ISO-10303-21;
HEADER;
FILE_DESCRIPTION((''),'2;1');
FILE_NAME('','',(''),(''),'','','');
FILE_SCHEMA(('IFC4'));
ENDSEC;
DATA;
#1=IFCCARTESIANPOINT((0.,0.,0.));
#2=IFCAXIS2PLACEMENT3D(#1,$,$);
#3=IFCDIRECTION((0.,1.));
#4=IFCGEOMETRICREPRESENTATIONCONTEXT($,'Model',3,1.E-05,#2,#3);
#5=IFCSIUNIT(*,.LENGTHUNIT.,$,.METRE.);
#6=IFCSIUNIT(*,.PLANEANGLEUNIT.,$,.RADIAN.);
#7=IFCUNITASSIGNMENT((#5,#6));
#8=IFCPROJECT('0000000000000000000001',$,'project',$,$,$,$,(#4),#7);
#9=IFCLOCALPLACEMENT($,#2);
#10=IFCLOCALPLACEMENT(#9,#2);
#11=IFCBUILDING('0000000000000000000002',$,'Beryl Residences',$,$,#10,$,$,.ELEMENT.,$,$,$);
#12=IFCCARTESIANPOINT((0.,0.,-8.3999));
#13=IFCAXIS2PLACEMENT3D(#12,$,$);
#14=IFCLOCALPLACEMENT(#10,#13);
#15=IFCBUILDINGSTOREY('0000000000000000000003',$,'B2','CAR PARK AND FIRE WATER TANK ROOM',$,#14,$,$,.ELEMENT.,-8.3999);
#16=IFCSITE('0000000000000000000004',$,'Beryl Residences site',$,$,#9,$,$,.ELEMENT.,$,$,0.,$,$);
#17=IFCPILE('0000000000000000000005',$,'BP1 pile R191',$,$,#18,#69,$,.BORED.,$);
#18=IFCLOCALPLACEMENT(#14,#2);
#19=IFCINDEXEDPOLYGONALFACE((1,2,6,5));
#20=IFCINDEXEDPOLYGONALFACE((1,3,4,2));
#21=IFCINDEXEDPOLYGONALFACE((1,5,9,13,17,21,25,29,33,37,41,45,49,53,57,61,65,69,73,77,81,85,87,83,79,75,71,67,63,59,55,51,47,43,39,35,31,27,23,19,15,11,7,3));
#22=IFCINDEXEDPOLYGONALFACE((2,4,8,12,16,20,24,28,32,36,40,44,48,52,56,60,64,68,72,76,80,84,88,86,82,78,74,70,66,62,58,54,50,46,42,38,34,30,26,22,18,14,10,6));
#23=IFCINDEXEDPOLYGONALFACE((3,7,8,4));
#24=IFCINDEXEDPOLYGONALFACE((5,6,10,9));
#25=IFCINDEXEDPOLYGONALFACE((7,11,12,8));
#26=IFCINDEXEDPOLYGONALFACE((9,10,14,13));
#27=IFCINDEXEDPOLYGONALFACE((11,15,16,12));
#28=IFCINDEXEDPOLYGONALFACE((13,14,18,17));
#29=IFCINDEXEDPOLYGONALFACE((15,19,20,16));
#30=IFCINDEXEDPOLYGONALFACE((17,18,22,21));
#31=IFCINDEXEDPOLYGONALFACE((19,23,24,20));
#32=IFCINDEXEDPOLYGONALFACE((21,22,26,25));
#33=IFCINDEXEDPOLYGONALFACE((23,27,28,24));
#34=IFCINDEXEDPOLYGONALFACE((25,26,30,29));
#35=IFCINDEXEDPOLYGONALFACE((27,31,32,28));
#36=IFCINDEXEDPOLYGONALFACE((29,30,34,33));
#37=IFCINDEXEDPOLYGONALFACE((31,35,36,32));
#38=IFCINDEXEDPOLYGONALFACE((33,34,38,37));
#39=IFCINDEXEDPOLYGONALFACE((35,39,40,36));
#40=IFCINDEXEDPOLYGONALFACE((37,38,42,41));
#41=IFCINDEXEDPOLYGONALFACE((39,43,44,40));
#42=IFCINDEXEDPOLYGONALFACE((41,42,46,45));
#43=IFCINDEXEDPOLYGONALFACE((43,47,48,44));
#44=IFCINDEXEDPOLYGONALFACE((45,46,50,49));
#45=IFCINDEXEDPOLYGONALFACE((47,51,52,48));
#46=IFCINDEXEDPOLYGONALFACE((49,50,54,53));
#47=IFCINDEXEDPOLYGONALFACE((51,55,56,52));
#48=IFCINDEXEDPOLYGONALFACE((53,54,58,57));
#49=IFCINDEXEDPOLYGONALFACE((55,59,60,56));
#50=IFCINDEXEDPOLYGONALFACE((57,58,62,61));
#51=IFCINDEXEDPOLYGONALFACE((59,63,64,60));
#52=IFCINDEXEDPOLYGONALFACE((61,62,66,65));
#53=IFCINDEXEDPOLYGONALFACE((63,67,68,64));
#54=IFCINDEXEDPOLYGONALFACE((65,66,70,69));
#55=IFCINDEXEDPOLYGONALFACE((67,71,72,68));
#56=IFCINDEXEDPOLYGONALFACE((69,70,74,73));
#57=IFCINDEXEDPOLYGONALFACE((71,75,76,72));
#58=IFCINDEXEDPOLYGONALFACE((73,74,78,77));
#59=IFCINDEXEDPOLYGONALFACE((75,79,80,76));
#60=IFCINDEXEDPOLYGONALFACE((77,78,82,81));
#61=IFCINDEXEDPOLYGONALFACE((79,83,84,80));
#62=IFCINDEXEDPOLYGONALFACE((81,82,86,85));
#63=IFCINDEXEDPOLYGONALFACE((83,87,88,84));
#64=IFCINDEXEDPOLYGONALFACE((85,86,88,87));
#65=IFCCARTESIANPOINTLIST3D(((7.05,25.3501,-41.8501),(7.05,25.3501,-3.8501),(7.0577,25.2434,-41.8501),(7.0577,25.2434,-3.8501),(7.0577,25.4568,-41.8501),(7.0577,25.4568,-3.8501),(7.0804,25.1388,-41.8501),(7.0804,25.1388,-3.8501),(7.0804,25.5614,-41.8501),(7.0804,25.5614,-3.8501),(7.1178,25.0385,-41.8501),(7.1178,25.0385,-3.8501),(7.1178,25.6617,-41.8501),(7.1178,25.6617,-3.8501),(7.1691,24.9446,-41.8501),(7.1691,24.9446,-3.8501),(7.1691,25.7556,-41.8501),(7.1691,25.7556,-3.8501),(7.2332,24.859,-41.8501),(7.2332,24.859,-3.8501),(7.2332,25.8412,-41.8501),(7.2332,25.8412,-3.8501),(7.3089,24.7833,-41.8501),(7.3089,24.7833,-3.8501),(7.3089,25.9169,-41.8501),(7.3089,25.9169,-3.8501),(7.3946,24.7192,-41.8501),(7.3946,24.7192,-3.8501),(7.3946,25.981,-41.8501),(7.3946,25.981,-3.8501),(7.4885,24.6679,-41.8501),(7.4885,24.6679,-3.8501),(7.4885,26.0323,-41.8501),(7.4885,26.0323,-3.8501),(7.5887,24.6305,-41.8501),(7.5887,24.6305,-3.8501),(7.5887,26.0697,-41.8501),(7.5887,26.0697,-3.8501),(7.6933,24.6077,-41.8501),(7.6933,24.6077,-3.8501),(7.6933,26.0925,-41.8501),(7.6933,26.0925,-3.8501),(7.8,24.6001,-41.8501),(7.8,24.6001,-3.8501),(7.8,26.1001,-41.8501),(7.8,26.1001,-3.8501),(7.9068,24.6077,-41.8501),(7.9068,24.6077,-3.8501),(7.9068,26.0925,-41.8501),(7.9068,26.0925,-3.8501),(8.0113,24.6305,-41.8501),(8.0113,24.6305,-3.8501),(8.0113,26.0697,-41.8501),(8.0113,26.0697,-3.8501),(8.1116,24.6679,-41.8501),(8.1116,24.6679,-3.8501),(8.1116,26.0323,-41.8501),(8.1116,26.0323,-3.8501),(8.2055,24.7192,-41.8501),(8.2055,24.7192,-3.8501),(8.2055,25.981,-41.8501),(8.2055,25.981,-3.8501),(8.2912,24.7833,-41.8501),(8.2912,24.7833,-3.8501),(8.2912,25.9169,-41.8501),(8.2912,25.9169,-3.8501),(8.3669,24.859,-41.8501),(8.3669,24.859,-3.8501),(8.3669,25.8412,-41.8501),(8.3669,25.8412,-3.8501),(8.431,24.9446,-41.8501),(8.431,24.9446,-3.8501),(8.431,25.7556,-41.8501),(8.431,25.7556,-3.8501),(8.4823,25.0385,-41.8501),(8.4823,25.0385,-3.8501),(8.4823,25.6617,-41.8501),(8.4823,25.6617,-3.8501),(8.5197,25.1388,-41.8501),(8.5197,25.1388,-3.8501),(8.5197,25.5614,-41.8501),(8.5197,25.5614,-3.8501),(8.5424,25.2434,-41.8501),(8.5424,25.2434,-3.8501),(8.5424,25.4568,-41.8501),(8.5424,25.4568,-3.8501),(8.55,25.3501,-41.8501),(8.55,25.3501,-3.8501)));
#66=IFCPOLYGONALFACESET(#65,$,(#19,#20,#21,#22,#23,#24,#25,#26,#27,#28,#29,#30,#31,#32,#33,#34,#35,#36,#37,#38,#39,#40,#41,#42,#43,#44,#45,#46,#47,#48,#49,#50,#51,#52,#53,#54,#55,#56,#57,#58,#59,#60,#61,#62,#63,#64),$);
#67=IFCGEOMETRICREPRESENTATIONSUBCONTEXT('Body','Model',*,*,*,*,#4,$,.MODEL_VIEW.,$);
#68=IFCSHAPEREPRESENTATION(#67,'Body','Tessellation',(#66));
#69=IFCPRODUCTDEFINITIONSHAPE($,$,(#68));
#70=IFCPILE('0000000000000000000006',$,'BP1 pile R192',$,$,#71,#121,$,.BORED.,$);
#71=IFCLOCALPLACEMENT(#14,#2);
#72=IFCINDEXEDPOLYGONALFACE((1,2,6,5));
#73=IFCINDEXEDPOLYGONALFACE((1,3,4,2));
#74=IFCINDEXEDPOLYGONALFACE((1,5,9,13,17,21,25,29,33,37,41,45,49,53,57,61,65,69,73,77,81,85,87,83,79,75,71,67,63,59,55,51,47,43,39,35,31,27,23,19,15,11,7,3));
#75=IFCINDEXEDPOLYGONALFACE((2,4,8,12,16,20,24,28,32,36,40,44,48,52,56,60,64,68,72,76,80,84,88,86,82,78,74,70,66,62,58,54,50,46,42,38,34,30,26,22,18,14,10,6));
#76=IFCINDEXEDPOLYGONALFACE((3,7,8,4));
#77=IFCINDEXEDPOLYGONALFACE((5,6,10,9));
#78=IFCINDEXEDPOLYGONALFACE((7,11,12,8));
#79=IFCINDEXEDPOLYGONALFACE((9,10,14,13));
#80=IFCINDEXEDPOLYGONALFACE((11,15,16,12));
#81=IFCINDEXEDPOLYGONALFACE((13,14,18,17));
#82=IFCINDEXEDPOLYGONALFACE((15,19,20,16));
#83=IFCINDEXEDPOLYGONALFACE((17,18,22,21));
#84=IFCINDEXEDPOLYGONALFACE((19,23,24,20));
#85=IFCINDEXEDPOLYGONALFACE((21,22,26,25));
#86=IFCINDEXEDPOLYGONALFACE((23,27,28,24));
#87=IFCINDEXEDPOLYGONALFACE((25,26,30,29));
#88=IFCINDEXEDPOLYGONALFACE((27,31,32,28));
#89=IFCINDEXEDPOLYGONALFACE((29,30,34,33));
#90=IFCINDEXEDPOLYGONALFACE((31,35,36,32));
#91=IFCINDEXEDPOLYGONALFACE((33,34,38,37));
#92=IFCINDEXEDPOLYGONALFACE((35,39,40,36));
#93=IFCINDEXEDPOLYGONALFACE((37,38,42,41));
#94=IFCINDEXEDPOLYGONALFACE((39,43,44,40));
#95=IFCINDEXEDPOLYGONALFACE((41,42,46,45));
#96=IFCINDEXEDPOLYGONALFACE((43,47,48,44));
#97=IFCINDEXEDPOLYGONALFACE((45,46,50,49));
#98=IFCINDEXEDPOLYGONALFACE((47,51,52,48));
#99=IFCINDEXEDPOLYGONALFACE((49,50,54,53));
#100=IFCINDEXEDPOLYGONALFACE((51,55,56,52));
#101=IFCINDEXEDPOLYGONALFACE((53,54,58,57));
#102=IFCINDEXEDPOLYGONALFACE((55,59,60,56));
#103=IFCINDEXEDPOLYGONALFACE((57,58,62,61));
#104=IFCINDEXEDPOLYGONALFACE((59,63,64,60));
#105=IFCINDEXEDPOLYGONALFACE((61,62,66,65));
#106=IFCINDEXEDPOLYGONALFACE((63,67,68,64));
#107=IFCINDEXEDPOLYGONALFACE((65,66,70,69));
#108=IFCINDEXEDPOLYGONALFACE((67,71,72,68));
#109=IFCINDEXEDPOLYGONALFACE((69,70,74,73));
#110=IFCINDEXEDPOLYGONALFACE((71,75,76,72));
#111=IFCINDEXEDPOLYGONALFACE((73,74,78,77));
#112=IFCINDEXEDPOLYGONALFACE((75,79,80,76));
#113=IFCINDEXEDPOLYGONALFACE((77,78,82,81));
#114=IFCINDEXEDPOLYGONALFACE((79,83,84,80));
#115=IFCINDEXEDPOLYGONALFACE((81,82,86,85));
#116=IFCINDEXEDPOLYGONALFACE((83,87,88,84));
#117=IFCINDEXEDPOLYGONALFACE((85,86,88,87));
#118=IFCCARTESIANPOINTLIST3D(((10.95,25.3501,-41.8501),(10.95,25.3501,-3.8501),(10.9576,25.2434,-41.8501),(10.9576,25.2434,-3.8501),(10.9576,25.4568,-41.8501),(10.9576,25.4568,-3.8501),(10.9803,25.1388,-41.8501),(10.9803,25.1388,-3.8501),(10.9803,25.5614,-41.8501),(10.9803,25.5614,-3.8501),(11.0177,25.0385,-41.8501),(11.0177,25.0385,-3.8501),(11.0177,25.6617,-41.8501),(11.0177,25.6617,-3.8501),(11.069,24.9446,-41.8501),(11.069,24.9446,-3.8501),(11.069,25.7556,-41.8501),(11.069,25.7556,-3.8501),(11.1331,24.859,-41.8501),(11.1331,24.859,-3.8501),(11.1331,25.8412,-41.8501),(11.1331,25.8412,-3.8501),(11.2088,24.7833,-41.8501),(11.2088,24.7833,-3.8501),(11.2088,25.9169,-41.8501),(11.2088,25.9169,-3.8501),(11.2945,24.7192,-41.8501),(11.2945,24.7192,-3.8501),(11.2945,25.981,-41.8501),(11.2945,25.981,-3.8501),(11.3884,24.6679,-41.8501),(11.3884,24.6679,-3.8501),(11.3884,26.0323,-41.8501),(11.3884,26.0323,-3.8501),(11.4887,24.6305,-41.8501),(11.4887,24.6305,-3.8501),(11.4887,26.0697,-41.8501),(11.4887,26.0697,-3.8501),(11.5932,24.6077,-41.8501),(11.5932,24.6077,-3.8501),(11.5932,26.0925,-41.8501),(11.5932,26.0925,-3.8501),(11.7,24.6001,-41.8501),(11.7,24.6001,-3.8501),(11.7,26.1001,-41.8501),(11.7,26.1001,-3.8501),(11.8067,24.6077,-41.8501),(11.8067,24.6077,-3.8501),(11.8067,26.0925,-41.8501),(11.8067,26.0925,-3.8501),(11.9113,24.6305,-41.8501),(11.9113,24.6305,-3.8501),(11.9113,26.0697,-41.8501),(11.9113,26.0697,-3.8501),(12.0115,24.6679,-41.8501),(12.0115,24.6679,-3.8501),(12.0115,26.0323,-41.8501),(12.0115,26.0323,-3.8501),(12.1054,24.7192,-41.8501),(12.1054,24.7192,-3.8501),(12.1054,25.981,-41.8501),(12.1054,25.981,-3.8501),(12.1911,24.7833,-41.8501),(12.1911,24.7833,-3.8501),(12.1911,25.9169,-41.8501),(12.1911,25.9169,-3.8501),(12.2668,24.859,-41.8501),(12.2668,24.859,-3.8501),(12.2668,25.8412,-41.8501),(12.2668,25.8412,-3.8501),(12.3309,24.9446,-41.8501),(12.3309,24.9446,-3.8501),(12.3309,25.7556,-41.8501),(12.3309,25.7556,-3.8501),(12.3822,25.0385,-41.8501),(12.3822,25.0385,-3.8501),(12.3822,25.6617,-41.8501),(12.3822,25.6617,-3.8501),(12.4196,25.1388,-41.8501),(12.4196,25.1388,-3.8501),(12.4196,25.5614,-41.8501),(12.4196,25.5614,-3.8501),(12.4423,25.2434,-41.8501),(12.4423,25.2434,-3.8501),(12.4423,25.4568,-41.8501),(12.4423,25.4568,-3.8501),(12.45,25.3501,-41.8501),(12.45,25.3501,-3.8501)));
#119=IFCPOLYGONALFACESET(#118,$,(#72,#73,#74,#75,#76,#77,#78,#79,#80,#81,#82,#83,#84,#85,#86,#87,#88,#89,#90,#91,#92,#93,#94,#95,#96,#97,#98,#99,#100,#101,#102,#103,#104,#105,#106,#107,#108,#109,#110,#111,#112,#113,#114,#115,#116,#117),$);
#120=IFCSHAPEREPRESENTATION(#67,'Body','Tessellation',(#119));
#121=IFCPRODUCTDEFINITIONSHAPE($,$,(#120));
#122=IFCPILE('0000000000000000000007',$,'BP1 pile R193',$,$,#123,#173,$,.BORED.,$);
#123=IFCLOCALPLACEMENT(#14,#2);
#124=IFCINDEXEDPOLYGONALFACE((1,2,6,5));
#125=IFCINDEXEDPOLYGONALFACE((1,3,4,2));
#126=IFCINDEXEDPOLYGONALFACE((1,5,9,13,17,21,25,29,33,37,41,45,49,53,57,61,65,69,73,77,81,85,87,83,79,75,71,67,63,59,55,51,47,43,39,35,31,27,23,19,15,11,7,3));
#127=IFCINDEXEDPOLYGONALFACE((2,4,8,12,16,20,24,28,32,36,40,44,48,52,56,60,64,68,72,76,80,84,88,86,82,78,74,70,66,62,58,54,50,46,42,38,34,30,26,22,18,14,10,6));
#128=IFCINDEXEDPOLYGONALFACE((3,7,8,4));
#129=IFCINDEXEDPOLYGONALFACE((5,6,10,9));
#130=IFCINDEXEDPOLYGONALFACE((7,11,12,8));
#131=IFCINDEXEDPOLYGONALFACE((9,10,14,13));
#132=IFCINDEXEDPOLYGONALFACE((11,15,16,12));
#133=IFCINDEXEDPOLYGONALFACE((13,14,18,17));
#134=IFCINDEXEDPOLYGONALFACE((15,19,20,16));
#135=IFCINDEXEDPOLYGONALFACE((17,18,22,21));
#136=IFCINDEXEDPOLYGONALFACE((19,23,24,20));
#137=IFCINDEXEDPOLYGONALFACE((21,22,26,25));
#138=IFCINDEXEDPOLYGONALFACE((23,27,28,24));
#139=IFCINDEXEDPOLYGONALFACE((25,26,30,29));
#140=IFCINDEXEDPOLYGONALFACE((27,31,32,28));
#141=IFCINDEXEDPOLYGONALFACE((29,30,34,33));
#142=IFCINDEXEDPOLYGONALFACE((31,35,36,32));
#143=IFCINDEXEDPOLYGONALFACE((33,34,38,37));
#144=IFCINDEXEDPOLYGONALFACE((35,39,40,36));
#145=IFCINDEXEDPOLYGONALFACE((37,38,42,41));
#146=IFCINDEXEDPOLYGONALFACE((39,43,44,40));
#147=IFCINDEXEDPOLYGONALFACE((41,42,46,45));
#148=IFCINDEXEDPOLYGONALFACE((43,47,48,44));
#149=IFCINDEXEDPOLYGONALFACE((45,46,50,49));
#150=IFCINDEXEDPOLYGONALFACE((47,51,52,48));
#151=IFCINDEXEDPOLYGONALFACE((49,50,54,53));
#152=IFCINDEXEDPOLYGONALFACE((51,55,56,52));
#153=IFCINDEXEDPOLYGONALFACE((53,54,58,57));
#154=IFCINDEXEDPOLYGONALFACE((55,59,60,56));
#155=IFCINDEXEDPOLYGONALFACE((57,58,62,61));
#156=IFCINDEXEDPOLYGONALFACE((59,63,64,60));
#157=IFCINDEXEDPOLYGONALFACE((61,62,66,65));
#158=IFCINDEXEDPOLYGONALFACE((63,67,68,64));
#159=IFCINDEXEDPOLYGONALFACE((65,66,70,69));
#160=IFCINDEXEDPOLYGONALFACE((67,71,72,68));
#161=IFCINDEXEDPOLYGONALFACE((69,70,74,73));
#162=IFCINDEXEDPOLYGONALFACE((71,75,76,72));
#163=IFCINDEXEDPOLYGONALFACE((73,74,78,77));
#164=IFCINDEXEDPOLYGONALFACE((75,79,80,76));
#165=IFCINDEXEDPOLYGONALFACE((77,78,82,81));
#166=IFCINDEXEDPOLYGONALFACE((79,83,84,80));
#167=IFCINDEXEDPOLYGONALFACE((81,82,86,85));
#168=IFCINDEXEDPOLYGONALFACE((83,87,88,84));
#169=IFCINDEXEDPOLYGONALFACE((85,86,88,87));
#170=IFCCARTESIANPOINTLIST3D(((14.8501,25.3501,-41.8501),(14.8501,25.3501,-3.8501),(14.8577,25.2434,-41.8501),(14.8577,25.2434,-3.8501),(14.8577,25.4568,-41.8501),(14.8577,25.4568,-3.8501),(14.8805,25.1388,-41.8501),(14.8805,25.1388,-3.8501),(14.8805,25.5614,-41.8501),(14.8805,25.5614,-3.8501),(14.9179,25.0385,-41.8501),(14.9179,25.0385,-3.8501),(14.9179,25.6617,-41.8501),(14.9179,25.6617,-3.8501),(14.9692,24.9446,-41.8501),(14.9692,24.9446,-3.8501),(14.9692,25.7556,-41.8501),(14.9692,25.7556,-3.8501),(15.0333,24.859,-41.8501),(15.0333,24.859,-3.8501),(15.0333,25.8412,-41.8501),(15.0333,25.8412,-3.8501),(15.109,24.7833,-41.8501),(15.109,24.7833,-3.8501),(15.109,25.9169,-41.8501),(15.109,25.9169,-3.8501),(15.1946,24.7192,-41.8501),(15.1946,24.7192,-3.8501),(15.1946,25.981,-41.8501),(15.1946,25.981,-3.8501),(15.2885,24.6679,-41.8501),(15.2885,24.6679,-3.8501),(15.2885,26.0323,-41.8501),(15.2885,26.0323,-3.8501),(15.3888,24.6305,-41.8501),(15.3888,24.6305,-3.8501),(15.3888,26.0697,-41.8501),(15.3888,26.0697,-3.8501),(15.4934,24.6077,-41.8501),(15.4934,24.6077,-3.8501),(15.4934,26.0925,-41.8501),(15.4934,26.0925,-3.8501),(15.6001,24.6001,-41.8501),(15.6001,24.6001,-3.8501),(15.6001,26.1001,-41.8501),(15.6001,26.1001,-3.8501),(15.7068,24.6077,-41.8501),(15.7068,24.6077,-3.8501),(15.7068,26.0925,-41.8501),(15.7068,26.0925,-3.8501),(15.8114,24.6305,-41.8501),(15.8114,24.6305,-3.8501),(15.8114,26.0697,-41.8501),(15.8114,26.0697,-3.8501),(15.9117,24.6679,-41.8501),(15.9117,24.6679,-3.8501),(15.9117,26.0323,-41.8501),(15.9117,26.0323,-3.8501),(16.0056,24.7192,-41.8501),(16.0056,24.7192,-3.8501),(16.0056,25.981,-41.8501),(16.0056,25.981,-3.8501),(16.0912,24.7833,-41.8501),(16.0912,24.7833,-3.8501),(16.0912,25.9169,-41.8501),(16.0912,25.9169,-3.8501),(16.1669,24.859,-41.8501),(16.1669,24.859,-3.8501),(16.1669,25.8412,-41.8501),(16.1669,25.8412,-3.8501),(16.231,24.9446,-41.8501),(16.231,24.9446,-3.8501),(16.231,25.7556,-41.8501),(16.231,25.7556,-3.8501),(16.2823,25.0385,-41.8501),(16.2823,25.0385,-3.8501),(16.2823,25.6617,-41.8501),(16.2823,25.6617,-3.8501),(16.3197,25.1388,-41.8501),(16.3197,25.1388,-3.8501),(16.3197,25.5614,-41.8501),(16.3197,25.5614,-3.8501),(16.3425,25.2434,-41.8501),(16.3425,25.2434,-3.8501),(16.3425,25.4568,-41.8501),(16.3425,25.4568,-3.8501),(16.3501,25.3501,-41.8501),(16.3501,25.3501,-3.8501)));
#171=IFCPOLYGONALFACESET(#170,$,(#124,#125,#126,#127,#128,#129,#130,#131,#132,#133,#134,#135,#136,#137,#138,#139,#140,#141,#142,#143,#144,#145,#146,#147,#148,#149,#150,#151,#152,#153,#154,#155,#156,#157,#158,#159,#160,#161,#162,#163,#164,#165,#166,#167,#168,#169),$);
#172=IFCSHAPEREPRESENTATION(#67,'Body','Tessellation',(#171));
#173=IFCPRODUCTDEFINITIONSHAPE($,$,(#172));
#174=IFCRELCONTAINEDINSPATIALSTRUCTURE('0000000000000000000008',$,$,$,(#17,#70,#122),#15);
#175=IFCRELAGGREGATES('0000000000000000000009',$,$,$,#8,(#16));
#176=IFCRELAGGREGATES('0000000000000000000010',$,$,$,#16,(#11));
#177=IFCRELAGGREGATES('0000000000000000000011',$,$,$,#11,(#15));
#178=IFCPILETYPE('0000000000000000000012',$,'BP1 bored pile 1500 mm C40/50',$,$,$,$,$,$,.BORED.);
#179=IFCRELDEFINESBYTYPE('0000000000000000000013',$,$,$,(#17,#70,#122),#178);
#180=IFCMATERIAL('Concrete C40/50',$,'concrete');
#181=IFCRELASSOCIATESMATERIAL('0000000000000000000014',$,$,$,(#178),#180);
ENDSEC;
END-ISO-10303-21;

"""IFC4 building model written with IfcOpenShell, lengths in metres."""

from ifc_helpers import new_model, si_unit, direction, frame, origin, origin_2d, place, context, subcontext, project, spatial, circle, extrude, material, material_profile, profile_set, type_object, element, save


model = new_model("IFC4")

# Units and contexts
model_context = context("Model", 3, precision=1e-05, world=origin(), true_north=direction((0.0, 1.0)))
body_context = subcontext(model_context, "Body", "Model", "MODEL_VIEW")
ifc_project = project(units=[si_unit("LENGTHUNIT", "METRE"), si_unit("PLANEANGLEUNIT", "RADIAN")], contexts=[model_context])

# Site, building, storey
site_placement = place(None, origin())
site = spatial("IfcSite", under=ifc_project, at=site_placement, Name="Beryl Residences site", CompositionType="ELEMENT", RefElevation=0.0)
building_placement = place(site_placement, origin())
building = spatial("IfcBuilding", under=site, at=building_placement, Name="Beryl Residences", CompositionType="ELEMENT")
storey_placement = place(building_placement, frame((0.0, 0.0, -8.3999)))
storey = spatial("IfcBuildingStorey", under=building, at=storey_placement, Name="B2", Description="CAR PARK AND FIRE WATER TANK ROOM", CompositionType="ELEMENT", Elevation=-8.3999)

# Piles
ifc_material_1 = material(Name="Concrete C40/50", Category="concrete")
ifc_material_profile_1 = material_profile(ifc_material_1, circle(Radius=0.75, at=origin_2d()))
ifc_profile_set_1 = profile_set([ifc_material_profile_1], Name="Concrete C40/50")
pile_type_1 = type_object("IfcPileType", Name="BP1 bored pile 1500 mm C40/50", PredefinedType="BORED", material=ifc_profile_set_1)
for number, where, z_axis, x_axis, name in (
    (1, (7.8, 25.3501, -3.8501), (0.0, 0.0, -1.0), (1.0, 0.0, 0.0), "BP1 pile R191"),
    (2, (11.7, 25.3501, -3.8501), (0.0, 0.0, -1.0), (1.0, 0.0, 0.0), "BP1 pile R192"),
    (3, (15.6001, 25.3501, -3.8501), (0.0, 0.0, -1.0), (1.0, 0.0, 0.0), "BP1 pile R193"),
):
    element("IfcPile", number, at=place(storey_placement, frame(where, z_axis=z_axis, x_axis=x_axis)), inside=storey, type_object=pile_type_1, Name=name, PredefinedType="BORED", context=body_context, shape_type="SweptSolid", body=[
        extrude(circle(Radius=0.75, at=origin_2d()), origin(), (0.0, 0.0, 1.0), 38.0),
    ])

save(model, "model.ifc")
